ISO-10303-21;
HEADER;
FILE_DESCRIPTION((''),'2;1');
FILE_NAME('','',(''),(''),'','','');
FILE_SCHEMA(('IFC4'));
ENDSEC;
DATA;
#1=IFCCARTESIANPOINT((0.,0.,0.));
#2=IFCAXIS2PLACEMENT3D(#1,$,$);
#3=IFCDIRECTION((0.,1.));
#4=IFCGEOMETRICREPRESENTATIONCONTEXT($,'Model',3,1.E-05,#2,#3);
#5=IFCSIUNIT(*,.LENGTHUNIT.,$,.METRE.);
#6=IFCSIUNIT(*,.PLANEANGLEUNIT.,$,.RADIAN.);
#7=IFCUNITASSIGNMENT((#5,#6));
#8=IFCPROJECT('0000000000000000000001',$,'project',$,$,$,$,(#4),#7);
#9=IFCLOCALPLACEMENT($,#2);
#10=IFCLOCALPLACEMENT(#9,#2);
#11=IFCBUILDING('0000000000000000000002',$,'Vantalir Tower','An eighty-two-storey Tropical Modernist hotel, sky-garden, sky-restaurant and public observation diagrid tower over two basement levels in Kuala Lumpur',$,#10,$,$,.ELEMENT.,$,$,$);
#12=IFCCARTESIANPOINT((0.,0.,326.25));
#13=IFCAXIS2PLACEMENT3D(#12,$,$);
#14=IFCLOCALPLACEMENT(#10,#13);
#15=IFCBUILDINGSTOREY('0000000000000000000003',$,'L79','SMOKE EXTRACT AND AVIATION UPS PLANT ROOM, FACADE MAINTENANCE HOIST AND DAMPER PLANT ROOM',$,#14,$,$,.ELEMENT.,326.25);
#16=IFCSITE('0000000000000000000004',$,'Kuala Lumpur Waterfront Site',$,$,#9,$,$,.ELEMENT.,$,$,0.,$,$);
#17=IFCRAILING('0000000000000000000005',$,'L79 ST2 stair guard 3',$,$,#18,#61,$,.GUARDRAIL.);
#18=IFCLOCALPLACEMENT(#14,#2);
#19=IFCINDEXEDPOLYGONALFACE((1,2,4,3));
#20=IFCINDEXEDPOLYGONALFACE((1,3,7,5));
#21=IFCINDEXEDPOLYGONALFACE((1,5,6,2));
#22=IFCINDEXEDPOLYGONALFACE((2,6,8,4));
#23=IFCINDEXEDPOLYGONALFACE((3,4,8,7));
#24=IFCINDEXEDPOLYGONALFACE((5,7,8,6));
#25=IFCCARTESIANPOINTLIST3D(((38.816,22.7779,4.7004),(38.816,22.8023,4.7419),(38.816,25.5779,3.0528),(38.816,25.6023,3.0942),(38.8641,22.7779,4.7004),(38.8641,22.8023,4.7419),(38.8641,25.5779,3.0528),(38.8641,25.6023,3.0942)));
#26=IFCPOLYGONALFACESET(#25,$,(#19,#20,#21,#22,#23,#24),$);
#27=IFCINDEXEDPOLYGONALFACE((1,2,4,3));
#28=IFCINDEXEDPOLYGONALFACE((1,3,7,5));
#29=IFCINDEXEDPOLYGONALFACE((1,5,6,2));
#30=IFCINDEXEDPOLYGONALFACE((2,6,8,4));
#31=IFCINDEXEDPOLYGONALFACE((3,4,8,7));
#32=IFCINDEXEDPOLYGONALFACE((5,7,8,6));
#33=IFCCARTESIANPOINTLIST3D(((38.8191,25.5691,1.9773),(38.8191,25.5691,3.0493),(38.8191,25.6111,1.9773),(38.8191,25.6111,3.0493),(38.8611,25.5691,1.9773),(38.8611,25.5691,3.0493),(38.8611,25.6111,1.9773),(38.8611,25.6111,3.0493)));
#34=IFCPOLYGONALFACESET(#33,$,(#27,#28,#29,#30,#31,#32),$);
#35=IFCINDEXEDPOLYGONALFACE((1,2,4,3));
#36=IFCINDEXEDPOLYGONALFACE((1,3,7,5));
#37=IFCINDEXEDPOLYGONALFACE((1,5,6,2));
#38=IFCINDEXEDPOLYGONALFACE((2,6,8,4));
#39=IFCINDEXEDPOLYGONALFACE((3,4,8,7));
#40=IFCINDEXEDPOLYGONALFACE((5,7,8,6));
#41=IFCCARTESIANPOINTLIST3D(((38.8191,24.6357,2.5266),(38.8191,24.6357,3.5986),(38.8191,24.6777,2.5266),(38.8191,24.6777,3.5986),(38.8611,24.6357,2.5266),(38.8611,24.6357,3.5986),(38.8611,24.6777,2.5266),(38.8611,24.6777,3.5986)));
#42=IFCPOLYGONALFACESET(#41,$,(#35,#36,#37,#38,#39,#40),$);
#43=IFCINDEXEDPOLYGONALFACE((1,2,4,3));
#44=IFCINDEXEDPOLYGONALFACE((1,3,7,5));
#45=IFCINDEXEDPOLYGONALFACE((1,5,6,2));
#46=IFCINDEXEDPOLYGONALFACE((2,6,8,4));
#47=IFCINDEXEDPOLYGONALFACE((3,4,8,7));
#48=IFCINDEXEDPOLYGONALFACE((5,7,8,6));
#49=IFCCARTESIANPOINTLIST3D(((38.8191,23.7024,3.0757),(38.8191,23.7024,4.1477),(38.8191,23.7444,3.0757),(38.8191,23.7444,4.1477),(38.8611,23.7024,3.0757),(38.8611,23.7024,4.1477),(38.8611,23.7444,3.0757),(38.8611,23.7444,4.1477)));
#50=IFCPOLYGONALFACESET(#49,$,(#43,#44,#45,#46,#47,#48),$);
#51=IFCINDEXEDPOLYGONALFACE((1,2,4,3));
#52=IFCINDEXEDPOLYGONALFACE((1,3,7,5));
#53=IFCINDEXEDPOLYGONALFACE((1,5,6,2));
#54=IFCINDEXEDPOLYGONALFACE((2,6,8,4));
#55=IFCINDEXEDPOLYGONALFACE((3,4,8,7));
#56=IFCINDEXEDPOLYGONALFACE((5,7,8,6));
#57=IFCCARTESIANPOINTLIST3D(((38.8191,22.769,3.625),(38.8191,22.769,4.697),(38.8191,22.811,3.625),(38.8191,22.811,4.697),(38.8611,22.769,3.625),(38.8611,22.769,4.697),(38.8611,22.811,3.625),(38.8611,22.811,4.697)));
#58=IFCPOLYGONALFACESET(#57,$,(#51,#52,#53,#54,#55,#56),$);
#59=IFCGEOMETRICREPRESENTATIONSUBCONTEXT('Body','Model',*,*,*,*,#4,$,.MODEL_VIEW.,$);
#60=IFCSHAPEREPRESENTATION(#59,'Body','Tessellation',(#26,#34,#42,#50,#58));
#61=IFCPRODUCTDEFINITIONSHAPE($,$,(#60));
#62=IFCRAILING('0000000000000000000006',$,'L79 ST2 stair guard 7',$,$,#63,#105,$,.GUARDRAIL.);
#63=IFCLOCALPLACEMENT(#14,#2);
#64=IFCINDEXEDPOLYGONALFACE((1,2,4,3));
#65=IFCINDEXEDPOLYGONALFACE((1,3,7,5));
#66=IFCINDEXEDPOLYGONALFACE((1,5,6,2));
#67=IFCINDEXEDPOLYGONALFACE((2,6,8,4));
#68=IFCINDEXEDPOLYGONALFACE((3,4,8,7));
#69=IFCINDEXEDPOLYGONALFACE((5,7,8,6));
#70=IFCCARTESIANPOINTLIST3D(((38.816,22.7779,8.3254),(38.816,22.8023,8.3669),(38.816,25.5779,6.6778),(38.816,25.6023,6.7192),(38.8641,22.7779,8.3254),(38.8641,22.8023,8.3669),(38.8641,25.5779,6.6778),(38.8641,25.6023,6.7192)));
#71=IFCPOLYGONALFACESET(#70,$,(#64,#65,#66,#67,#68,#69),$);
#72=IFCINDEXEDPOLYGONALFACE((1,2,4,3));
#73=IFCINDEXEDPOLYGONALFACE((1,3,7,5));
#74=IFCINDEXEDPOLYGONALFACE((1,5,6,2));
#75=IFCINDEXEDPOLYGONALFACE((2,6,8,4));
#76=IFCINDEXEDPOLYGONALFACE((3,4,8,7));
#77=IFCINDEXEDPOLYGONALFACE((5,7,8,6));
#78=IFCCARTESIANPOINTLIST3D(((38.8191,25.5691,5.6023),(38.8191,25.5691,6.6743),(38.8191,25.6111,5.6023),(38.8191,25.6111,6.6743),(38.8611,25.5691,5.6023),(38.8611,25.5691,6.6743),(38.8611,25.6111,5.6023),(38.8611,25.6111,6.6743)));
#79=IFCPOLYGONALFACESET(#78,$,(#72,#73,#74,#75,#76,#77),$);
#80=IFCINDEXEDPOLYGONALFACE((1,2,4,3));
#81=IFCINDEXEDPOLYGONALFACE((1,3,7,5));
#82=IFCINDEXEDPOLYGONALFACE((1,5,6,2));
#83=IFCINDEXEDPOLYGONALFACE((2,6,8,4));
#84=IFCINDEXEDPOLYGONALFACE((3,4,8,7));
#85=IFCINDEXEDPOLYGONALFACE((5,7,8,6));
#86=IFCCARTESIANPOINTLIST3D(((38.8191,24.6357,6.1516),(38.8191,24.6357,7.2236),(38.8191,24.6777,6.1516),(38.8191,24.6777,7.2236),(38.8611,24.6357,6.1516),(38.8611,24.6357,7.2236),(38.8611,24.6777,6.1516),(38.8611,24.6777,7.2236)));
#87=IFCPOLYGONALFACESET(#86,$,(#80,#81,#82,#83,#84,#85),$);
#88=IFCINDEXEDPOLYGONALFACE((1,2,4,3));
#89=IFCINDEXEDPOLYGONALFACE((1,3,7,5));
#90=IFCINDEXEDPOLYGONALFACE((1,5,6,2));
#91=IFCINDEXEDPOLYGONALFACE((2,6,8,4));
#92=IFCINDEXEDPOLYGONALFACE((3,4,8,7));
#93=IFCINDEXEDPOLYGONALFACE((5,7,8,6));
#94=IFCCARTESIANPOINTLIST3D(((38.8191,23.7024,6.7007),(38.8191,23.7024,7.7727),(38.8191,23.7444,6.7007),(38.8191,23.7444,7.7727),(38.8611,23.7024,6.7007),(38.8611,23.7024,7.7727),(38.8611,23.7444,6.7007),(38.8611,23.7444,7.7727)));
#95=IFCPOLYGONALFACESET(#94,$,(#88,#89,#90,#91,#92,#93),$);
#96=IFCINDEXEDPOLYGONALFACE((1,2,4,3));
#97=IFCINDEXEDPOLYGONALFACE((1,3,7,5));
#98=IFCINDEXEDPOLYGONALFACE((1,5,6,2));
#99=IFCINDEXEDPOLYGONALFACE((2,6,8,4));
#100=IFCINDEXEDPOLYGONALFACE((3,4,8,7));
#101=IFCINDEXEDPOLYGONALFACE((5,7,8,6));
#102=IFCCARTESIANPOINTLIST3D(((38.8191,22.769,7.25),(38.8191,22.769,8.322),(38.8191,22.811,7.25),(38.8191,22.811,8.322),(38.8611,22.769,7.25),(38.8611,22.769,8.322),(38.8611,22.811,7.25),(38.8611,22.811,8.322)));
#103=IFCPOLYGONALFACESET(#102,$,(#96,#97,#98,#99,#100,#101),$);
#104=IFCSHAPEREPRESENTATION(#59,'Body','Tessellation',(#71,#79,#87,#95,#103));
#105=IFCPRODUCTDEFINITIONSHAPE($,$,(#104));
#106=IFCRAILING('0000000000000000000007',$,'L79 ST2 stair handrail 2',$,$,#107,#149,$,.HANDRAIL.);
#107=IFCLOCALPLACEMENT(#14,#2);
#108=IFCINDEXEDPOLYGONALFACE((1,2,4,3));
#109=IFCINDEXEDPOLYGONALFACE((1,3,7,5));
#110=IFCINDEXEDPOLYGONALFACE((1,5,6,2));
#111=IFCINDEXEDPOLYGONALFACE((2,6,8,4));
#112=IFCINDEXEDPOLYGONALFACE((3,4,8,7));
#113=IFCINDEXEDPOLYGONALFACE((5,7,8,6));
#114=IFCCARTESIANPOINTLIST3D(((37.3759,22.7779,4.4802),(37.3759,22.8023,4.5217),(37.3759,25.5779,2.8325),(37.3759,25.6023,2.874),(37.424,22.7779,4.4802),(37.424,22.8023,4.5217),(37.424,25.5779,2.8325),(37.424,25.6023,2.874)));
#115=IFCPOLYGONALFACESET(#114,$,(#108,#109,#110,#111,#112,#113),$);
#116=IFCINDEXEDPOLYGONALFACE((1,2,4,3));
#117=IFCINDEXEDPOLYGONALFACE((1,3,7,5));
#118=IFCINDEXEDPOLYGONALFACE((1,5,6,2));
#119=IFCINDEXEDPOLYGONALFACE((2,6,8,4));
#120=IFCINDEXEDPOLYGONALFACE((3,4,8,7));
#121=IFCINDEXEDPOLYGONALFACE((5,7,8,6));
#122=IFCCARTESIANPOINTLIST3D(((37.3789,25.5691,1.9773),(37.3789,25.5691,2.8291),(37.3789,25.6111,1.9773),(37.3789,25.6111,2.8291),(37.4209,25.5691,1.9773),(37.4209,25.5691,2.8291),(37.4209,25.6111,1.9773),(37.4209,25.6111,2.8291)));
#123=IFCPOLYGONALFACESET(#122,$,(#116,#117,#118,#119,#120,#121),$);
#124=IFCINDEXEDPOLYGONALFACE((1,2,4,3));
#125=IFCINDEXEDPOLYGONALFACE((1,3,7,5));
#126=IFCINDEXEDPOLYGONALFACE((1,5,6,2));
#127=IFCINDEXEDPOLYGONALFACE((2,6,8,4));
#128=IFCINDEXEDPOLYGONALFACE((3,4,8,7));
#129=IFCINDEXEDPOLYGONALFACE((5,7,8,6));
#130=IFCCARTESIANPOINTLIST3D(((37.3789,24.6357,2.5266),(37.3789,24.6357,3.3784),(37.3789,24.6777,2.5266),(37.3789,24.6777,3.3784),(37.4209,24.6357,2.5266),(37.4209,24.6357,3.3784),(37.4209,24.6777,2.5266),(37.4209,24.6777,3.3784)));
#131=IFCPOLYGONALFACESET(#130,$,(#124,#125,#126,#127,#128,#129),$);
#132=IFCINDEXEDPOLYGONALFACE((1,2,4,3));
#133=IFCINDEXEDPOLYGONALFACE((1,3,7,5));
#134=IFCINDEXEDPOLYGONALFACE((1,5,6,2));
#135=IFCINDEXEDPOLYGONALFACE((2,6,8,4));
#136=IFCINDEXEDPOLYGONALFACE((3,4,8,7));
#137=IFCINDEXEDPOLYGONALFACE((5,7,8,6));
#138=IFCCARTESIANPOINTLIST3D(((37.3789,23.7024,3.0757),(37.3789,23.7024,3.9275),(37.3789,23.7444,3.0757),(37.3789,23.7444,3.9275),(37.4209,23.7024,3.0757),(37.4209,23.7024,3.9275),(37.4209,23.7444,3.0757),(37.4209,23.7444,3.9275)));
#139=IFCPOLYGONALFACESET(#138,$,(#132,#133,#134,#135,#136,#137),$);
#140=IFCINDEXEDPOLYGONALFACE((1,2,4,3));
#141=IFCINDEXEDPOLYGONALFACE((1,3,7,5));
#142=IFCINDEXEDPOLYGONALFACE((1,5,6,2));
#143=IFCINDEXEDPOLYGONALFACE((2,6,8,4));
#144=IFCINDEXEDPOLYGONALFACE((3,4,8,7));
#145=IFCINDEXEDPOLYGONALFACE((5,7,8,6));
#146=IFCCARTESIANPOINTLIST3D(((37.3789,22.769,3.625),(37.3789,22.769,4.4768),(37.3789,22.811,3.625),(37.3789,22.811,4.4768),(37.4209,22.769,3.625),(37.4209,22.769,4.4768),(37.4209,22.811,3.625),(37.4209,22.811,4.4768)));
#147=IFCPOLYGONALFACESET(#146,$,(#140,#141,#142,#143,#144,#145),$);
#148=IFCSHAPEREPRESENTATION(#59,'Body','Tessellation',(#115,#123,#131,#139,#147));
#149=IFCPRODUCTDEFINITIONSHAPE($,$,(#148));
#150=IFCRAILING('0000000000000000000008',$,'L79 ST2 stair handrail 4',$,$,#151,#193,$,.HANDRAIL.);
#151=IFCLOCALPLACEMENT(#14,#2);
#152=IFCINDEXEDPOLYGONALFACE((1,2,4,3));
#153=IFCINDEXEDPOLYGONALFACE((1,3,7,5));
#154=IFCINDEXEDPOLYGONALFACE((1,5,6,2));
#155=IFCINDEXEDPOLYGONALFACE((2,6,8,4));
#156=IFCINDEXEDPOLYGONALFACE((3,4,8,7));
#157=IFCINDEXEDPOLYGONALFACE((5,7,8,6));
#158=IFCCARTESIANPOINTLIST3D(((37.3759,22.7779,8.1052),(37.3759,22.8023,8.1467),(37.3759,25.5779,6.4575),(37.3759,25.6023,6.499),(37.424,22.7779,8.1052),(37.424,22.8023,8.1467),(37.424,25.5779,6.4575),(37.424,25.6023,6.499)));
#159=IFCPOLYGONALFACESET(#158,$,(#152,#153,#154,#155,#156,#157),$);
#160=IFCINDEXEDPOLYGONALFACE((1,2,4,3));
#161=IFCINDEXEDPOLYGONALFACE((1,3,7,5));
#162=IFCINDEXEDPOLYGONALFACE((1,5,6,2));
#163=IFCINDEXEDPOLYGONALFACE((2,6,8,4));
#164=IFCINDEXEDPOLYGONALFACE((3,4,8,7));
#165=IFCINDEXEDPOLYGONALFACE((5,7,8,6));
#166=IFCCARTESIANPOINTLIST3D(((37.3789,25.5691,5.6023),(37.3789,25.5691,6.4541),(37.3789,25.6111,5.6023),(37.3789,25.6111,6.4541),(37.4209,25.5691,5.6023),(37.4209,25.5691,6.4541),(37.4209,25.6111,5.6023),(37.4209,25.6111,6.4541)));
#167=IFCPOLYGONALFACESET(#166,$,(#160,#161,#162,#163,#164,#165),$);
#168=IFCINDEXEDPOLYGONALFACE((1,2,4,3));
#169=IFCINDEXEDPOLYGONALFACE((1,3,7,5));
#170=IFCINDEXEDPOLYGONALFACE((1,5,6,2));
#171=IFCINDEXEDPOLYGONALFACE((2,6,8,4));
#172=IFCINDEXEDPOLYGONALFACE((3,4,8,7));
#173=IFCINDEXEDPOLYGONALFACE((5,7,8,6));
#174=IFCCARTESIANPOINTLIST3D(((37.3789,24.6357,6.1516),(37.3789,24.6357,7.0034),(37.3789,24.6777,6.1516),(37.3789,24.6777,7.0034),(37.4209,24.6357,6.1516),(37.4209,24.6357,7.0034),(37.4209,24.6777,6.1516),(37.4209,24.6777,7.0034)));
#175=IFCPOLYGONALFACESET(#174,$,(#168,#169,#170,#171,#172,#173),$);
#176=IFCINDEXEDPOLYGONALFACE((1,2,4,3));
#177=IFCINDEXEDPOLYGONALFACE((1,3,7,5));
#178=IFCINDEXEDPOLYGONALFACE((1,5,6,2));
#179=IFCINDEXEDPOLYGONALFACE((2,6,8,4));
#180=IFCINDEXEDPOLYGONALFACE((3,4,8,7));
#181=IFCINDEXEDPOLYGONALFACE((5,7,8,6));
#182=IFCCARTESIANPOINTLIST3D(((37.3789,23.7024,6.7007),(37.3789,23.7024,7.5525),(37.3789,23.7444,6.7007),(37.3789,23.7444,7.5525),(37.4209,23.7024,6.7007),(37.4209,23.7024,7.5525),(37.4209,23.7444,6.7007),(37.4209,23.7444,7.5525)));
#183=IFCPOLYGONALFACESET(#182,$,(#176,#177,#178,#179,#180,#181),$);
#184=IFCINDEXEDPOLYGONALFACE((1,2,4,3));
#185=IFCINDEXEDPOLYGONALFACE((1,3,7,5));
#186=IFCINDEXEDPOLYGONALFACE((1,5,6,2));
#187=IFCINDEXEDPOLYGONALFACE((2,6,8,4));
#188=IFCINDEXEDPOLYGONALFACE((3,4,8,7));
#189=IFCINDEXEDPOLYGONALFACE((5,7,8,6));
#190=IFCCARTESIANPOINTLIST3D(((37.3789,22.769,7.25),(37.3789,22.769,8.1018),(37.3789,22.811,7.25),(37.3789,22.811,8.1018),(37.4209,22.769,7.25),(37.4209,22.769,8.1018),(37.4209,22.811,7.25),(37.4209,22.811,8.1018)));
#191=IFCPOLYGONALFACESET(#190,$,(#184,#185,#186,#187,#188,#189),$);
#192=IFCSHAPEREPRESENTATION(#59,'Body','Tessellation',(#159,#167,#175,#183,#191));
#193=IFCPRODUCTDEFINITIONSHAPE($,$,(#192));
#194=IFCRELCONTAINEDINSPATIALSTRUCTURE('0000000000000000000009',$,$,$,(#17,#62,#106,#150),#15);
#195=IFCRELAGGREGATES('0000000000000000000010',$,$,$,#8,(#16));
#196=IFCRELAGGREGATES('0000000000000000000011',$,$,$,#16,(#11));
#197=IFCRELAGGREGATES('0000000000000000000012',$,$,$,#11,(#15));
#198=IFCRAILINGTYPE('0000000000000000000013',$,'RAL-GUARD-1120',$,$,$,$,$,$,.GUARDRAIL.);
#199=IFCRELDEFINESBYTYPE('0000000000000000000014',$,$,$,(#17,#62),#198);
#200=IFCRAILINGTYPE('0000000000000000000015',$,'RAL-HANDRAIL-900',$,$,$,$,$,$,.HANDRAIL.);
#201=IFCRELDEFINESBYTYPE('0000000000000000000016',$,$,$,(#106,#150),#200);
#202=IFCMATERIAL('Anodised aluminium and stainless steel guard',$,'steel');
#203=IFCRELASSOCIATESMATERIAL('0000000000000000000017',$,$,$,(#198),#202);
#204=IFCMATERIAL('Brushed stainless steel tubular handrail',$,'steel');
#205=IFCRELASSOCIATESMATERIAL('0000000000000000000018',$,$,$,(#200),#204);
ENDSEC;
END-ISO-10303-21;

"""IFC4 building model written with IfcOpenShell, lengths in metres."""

from ifc_helpers import new_model, si_unit, direction, frame, origin, origin_2d, place, context, subcontext, project, spatial, rectangle, extrude, material, type_object, element, save


model = new_model("IFC4")

# Units and contexts
model_context = context("Model", 3, precision=1e-05, world=origin(), true_north=direction((0.0, 1.0)))
body_context = subcontext(model_context, "Body", "Model", "MODEL_VIEW")
ifc_project = project(units=[si_unit("LENGTHUNIT", "METRE"), si_unit("PLANEANGLEUNIT", "RADIAN")], contexts=[model_context])

# Site, building, storey
site_placement = place(None, origin())
site = spatial("IfcSite", under=ifc_project, at=site_placement, Name="Kuala Lumpur Waterfront Site", CompositionType="ELEMENT", RefElevation=0.0)
building_placement = place(site_placement, origin())
building = spatial("IfcBuilding", under=site, at=building_placement, Name="Vantalir Tower", Description="An eighty-two-storey Tropical Modernist hotel, sky-garden, sky-restaurant and public observation diagrid tower over two basement levels in Kuala Lumpur", CompositionType="ELEMENT")
storey_placement = place(building_placement, frame((0.0, 0.0, 326.25)))
storey = spatial("IfcBuildingStorey", under=building, at=storey_placement, Name="L79", Description="SMOKE EXTRACT AND AVIATION UPS PLANT ROOM, FACADE MAINTENANCE HOIST AND DAMPER PLANT ROOM", CompositionType="ELEMENT", Elevation=326.25)

# Railings
ifc_material_1 = material(Name="Anodised aluminium and stainless steel guard", Category="steel")
railing_type_1 = type_object("IfcRailingType", Name="RAL-GUARD-1120", PredefinedType="GUARDRAIL", material=ifc_material_1)
for number, where, name in (
    (1, (38.8401, 25.5901, 1.9773), "L79 ST2 stair guard 3"),
    (2, (38.8401, 25.5901, 5.6023), "L79 ST2 stair guard 7"),
):
    element("IfcRailing", number, at=place(storey_placement, frame(where)), inside=storey, type_object=railing_type_1, Name=name, PredefinedType="GUARDRAIL", context=body_context, shape_type="SweptSolid", body=[
        extrude(rectangle(XDim=0.0481, YDim=0.0481, at=origin_2d()), frame((0.0, 0.0, 1.0962), z_axis=(0.0, -0.861851, 0.507161), x_axis=(1.0, 0.0, 0.0)), (0.0, 0.0, 1.0), 3.2488),
        extrude(rectangle(XDim=0.042, YDim=0.042, at=origin_2d()), origin(), (0.0, 0.0, 1.0), 1.072),
        extrude(rectangle(XDim=0.042, YDim=0.042, at=origin_2d()), frame((0.0, -0.9333, 0.5493)), (0.0, 0.0, 1.0), 1.072),
        extrude(rectangle(XDim=0.042, YDim=0.042, at=origin_2d()), frame((0.0, -1.8667, 1.0984)), (0.0, 0.0, 1.0), 1.072),
        extrude(rectangle(XDim=0.042, YDim=0.042, at=origin_2d()), frame((0.0, -2.8, 1.6477)), (0.0, 0.0, 1.0), 1.072),
    ])
ifc_material_2 = material(Name="Brushed stainless steel tubular handrail", Category="steel")
railing_type_2 = type_object("IfcRailingType", Name="RAL-HANDRAIL-900", PredefinedType="HANDRAIL", material=ifc_material_2)
for number, where, name in (
    (3, (37.3999, 25.5901, 1.9773), "L79 ST2 stair handrail 2"),
    (4, (37.3999, 25.5901, 5.6023), "L79 ST2 stair handrail 4"),
):
    element("IfcRailing", number, at=place(storey_placement, frame(where)), inside=storey, type_object=railing_type_2, Name=name, PredefinedType="HANDRAIL", context=body_context, shape_type="SweptSolid", body=[
        extrude(rectangle(XDim=0.0481, YDim=0.0481, at=origin_2d()), frame((0.0, 0.0, 0.876), z_axis=(0.0, -0.861851, 0.507161), x_axis=(1.0, 0.0, 0.0)), (0.0, 0.0, 1.0), 3.2488),
        extrude(rectangle(XDim=0.042, YDim=0.042, at=origin_2d()), origin(), (0.0, 0.0, 1.0), 0.8518),
        extrude(rectangle(XDim=0.042, YDim=0.042, at=origin_2d()), frame((0.0, -0.9333, 0.5493)), (0.0, 0.0, 1.0), 0.8518),
        extrude(rectangle(XDim=0.042, YDim=0.042, at=origin_2d()), frame((0.0, -1.8667, 1.0984)), (0.0, 0.0, 1.0), 0.8518),
        extrude(rectangle(XDim=0.042, YDim=0.042, at=origin_2d()), frame((0.0, -2.8, 1.6477)), (0.0, 0.0, 1.0), 0.8518),
    ])

save(model, "model.ifc")
